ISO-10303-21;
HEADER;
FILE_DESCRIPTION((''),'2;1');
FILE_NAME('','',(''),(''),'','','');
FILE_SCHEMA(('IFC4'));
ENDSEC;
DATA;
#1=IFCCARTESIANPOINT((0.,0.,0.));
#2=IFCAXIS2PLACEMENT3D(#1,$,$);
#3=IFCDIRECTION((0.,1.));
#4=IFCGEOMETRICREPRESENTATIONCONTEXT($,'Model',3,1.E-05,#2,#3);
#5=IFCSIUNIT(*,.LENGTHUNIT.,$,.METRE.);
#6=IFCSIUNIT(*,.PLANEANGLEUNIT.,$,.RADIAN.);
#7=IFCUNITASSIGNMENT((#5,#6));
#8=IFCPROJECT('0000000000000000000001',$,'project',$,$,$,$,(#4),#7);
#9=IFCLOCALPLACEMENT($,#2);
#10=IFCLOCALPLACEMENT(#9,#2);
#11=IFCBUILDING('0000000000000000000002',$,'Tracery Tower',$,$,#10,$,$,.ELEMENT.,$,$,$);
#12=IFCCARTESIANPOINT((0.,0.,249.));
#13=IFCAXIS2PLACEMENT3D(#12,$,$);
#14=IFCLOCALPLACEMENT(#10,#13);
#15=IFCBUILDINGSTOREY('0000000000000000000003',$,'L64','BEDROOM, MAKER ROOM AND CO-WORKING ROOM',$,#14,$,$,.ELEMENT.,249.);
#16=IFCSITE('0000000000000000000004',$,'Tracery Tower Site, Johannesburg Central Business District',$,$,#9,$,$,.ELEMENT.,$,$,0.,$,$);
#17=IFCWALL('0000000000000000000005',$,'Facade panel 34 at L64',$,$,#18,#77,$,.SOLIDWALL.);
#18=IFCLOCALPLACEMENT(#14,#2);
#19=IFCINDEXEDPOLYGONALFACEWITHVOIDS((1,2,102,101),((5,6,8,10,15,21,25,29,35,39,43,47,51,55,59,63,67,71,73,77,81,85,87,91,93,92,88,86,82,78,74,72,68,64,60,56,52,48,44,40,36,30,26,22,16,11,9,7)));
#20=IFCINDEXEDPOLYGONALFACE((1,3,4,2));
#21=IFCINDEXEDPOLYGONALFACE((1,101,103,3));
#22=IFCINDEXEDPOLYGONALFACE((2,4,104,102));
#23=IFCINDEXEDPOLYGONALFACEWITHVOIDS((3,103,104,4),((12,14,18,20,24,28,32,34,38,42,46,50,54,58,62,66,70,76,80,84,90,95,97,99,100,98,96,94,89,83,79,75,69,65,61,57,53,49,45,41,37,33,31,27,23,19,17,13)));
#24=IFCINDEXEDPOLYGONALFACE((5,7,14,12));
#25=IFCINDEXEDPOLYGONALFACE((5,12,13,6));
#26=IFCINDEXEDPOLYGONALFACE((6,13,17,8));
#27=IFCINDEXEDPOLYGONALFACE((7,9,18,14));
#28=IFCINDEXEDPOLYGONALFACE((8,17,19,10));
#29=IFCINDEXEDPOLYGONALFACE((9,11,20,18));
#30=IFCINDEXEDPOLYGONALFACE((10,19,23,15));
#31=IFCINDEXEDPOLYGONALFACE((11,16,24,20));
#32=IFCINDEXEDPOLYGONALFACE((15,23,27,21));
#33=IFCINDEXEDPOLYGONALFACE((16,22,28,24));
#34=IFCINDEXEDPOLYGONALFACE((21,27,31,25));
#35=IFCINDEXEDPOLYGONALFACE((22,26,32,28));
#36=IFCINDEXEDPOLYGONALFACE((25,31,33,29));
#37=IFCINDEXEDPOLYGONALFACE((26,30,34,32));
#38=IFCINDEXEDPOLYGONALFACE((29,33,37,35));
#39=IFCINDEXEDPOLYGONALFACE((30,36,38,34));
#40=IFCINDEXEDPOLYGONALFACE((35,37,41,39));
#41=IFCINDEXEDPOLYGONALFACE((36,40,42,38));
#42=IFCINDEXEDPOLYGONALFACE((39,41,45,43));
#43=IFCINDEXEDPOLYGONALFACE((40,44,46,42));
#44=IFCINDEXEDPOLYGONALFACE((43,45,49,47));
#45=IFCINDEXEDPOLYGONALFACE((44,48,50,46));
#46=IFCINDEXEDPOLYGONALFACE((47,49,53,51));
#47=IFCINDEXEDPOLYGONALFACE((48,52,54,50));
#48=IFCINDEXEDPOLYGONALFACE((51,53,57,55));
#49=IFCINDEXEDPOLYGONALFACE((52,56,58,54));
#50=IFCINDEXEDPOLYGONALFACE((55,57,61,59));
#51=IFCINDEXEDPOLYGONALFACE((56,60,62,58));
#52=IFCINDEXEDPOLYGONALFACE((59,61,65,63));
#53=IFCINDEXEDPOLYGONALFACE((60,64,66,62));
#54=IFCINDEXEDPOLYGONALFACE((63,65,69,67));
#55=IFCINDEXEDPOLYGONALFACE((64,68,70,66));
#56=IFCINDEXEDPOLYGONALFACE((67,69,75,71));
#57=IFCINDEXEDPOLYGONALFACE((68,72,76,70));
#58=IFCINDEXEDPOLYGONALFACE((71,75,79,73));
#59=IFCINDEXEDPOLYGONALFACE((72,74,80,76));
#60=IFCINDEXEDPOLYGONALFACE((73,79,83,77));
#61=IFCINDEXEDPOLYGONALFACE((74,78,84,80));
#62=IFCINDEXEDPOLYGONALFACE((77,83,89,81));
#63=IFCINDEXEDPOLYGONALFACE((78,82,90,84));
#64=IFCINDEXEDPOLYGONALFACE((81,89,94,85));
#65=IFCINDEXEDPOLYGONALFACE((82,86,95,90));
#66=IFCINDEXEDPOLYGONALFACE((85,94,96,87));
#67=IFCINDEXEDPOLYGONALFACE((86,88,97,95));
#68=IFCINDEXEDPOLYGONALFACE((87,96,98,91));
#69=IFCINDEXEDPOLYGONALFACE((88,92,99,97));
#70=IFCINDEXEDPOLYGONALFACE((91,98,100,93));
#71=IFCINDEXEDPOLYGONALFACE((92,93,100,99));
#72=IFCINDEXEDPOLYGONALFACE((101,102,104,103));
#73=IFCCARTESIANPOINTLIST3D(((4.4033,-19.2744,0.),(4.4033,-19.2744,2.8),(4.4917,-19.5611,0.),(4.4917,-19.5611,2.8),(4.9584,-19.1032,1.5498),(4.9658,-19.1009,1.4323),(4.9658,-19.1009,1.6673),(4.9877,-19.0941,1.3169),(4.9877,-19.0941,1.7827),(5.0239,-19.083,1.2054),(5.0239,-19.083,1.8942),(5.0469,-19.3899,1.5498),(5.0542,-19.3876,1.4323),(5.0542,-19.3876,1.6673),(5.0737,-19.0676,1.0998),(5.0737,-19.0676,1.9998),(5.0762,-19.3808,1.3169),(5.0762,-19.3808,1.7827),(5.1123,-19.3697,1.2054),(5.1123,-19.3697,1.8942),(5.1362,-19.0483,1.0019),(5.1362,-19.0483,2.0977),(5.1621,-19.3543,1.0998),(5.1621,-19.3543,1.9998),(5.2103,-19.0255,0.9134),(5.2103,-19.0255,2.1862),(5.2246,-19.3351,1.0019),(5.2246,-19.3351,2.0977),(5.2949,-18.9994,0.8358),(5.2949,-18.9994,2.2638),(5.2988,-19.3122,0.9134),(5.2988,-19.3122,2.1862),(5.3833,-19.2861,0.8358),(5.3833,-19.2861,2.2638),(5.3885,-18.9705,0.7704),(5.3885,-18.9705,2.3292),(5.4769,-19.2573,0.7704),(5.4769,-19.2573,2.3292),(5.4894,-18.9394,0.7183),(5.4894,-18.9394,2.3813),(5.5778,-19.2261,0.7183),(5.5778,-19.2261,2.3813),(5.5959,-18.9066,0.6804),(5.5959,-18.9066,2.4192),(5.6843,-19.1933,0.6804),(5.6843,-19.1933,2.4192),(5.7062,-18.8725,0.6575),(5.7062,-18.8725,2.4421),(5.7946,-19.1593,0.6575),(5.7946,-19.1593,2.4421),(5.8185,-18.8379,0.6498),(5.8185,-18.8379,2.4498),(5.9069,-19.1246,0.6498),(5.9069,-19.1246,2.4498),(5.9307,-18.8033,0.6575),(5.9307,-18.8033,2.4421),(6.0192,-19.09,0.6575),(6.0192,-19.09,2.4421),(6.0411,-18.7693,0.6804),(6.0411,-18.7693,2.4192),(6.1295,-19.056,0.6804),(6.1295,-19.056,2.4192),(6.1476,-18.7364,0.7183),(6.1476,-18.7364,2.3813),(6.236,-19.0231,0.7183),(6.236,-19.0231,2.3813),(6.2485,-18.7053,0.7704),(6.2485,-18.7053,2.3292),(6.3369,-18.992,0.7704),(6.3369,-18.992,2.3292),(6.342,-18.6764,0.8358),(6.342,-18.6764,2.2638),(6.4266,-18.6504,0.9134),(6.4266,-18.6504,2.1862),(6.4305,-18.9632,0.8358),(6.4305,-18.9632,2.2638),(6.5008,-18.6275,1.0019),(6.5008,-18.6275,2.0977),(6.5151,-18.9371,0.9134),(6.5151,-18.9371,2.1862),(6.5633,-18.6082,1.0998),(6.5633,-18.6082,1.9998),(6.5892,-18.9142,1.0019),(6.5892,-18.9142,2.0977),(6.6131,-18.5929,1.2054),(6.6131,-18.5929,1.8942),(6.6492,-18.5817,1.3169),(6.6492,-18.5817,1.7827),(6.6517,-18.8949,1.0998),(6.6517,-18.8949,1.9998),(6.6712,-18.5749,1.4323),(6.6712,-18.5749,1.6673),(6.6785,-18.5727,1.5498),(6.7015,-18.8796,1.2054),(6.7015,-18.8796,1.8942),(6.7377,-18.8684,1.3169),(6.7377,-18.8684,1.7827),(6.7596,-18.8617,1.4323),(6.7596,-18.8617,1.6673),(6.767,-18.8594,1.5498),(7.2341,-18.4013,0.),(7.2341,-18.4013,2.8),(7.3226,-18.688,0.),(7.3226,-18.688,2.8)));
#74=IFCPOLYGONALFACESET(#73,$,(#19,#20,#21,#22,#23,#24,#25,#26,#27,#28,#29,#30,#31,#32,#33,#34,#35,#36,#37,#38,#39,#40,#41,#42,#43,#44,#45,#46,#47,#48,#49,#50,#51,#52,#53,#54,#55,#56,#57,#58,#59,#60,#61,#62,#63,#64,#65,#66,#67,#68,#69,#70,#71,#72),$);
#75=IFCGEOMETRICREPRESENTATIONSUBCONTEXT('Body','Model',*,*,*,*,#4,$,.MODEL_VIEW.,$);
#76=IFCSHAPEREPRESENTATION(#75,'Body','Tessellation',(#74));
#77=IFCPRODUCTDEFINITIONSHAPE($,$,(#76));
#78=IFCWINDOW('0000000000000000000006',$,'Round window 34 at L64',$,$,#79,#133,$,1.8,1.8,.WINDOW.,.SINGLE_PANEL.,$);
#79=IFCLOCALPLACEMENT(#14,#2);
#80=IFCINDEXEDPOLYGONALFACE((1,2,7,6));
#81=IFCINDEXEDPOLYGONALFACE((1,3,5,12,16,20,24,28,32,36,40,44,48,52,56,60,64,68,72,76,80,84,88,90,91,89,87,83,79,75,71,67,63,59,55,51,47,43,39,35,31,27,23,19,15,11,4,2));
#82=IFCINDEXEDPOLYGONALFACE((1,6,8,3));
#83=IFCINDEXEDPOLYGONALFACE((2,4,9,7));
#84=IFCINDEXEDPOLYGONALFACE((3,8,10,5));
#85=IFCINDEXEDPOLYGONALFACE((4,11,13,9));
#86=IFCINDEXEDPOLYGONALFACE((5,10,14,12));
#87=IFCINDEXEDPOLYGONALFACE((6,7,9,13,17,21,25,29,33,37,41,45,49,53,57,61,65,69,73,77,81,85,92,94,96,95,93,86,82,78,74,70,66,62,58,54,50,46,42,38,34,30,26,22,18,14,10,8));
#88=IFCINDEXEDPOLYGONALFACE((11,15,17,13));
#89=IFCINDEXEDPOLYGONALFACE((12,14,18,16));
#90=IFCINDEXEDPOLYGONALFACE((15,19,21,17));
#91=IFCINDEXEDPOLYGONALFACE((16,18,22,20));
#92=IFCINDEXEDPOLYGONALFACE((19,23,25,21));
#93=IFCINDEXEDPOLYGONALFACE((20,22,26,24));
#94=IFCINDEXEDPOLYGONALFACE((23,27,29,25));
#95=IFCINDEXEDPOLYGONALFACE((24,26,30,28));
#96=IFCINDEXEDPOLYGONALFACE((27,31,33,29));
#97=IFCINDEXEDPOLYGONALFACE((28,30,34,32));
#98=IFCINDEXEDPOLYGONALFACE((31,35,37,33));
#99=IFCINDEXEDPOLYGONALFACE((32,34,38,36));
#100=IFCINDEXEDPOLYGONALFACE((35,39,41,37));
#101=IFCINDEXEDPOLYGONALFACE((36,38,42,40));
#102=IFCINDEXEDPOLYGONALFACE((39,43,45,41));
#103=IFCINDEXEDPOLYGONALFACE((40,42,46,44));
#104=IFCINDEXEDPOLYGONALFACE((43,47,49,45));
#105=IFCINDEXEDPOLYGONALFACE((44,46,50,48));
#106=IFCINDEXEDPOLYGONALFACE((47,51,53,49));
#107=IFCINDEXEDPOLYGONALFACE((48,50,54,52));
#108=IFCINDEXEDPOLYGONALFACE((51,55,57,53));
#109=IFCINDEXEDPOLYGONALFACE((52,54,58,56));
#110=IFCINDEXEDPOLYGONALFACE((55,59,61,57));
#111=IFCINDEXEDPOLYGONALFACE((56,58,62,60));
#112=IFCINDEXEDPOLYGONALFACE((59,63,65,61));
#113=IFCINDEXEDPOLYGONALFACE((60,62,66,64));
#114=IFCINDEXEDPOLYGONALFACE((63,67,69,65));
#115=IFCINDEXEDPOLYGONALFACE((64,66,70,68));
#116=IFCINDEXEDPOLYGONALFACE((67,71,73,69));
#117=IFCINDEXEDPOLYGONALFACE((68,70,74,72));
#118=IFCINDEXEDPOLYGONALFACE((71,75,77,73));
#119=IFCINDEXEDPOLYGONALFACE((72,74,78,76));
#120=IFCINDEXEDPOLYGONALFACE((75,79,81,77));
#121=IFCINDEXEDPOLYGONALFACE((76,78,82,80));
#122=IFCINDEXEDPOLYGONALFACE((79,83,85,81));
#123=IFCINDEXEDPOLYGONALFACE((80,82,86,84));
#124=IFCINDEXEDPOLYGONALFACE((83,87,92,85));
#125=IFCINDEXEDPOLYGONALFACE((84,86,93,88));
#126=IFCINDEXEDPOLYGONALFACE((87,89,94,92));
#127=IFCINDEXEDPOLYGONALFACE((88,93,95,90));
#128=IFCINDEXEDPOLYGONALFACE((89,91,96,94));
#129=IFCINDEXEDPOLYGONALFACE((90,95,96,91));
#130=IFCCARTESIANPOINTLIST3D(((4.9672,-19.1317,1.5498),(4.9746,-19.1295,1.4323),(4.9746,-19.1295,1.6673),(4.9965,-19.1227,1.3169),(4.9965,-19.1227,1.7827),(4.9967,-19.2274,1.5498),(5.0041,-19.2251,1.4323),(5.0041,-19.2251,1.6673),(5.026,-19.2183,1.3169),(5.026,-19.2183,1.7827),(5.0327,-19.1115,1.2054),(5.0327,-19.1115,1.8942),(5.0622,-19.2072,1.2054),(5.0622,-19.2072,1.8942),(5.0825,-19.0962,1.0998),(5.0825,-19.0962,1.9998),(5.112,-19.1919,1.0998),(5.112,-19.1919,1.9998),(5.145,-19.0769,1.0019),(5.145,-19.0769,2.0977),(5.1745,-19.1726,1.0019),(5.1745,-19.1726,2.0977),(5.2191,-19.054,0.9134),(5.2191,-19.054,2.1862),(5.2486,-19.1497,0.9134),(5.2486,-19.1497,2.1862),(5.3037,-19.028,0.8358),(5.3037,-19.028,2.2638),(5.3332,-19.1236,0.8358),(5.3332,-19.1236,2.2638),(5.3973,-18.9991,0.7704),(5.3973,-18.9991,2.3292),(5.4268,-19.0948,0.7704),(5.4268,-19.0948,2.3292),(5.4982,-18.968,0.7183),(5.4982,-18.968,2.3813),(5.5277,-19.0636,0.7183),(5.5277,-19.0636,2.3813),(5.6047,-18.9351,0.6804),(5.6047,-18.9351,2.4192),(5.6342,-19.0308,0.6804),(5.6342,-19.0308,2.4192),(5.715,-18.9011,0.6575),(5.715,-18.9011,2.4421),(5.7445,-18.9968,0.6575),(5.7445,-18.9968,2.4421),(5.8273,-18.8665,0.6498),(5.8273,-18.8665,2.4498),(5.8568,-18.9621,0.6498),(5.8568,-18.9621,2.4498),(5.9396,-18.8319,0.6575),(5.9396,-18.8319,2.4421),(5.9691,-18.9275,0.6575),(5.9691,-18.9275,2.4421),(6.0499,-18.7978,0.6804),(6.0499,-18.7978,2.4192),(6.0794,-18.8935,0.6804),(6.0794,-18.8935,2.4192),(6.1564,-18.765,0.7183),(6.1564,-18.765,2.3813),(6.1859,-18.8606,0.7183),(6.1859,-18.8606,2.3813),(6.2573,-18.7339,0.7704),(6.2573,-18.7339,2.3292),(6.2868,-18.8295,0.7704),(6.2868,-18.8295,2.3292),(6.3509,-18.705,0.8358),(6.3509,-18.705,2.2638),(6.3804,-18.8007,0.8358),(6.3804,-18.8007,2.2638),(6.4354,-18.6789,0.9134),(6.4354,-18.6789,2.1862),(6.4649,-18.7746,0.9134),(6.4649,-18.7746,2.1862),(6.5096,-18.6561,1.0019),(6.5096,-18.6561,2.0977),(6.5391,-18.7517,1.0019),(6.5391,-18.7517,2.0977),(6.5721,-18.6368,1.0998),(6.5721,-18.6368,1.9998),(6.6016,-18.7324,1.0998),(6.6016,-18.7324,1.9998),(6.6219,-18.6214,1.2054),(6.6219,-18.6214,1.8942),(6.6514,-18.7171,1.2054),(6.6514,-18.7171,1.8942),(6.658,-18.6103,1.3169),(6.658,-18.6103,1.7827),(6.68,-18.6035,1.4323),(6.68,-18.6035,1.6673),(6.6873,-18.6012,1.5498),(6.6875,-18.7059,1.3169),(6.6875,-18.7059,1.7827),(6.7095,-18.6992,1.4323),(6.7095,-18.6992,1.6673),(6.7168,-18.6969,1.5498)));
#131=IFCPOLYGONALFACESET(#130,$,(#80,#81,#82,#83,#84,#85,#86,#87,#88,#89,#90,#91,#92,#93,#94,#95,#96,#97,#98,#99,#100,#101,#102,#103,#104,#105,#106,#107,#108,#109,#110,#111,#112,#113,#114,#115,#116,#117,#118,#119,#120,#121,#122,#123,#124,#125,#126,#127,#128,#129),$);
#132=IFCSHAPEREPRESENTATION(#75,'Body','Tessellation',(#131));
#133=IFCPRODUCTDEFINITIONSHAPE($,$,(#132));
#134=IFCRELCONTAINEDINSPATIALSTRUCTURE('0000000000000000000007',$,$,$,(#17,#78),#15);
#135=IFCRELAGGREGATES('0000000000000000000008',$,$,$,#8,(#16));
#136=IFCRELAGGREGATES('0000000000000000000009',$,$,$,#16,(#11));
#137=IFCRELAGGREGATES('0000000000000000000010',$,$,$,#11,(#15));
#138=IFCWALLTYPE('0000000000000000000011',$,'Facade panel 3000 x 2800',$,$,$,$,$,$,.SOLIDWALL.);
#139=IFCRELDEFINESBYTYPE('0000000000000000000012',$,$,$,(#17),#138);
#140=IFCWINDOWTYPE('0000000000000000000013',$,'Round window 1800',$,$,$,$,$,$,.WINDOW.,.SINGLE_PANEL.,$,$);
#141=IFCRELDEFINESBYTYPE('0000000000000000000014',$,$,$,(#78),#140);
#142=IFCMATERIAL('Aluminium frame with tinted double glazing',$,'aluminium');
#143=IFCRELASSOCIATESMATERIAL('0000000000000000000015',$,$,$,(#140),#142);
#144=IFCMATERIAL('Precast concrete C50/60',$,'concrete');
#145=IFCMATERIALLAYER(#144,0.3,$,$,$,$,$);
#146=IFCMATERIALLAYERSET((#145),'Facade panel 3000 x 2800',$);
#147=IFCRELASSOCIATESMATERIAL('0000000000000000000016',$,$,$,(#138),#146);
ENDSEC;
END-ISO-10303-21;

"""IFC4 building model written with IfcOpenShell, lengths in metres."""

from ifc_helpers import new_model, si_unit, direction, frame, frame_2d, origin, origin_2d, place, context, subcontext, project, spatial, rectangle, circle, extrude, material, layer, layer_set, type_object, element, fill, save


model = new_model("IFC4")

# Units and contexts
model_context = context("Model", 3, precision=1e-05, world=origin(), true_north=direction((0.0, 1.0)))
body_context = subcontext(model_context, "Body", "Model", "MODEL_VIEW")
ifc_project = project(units=[si_unit("LENGTHUNIT", "METRE"), si_unit("PLANEANGLEUNIT", "RADIAN")], contexts=[model_context])

# Site, building, storey
site_placement = place(None, origin())
site = spatial("IfcSite", under=ifc_project, at=site_placement, Name="Tracery Tower Site, Johannesburg Central Business District", CompositionType="ELEMENT", RefElevation=0.0)
building_placement = place(site_placement, origin())
building = spatial("IfcBuilding", under=site, at=building_placement, Name="Tracery Tower", CompositionType="ELEMENT")
storey_placement = place(building_placement, frame((0.0, 0.0, 249.0)))
storey = spatial("IfcBuildingStorey", under=building, at=storey_placement, Name="L64", Description="BEDROOM, MAKER ROOM AND CO-WORKING ROOM", CompositionType="ELEMENT", Elevation=249.0)

# Wall, opening, window
ifc_material_1 = material(Name="Aluminium frame with tinted double glazing", Category="aluminium")
window_type = type_object("IfcWindowType", Name="Round window 1800", PartitioningType="SINGLE_PANEL", PredefinedType="WINDOW", material=ifc_material_1)
ifc_material_2 = material(Name="Precast concrete C50/60", Category="concrete")
ifc_layer_1 = layer(ifc_material_2, 0.3)
ifc_layer_set_1 = layer_set([ifc_layer_1], Name="Facade panel 3000 x 2800")
wall_type_1 = type_object("IfcWallType", Name="Facade panel 3000 x 2800", PredefinedType="SOLIDWALL", material=ifc_layer_set_1)
wall_1_placement = place(storey_placement, frame((4.4475, -19.4177, 0.0), z_axis=(0.0, 0.0, 1.0), x_axis=(0.955586, 0.294711, 0.0)))
wall_1 = element("IfcWall", 1, at=wall_1_placement, inside=storey, type_object=wall_type_1, Name="Facade panel 34 at L64", PredefinedType="SOLIDWALL", context=body_context, shape_type="SweptSolid", body=[
    extrude(rectangle(XDim=2.9624, YDim=0.3, at=frame_2d((1.4812, 0.0))), origin(), (0.0, 0.0, 1.0), 2.8),
])
opening_1_placement = place(wall_1_placement, frame((1.481, 0.0, 1.5498)))
opening_1 = element("IfcOpeningElement", 2, at=opening_1_placement, cuts=wall_1, PredefinedType="OPENING", context=body_context, shape_type="SweptSolid", body=[
    extrude(circle(Radius=0.9, at=origin_2d()), frame((0.0, 0.1599, 0.0), z_axis=(0.0, -1.0, 0.0), x_axis=(1.0, 0.0, 0.0)), (0.0, 0.0, 1.0), 0.3201),
])
window_1_placement = place(opening_1_placement, origin())
window_1 = element("IfcWindow", 3, at=window_1_placement, inside=storey, type_object=window_type, Name="Round window 34 at L64", OverallHeight=1.8, OverallWidth=1.8, PartitioningType="SINGLE_PANEL", PredefinedType="WINDOW", context=body_context, shape_type="SweptSolid", body=[
    extrude(circle(Radius=0.9, at=origin_2d()), frame((0.0, 0.1201, 0.0), z_axis=(0.0, -1.0, 0.0), x_axis=(1.0, 0.0, 0.0)), (0.0, 0.0, 1.0), 0.1001),
])
fill(opening_1, window_1)

save(model, "model.ifc")
